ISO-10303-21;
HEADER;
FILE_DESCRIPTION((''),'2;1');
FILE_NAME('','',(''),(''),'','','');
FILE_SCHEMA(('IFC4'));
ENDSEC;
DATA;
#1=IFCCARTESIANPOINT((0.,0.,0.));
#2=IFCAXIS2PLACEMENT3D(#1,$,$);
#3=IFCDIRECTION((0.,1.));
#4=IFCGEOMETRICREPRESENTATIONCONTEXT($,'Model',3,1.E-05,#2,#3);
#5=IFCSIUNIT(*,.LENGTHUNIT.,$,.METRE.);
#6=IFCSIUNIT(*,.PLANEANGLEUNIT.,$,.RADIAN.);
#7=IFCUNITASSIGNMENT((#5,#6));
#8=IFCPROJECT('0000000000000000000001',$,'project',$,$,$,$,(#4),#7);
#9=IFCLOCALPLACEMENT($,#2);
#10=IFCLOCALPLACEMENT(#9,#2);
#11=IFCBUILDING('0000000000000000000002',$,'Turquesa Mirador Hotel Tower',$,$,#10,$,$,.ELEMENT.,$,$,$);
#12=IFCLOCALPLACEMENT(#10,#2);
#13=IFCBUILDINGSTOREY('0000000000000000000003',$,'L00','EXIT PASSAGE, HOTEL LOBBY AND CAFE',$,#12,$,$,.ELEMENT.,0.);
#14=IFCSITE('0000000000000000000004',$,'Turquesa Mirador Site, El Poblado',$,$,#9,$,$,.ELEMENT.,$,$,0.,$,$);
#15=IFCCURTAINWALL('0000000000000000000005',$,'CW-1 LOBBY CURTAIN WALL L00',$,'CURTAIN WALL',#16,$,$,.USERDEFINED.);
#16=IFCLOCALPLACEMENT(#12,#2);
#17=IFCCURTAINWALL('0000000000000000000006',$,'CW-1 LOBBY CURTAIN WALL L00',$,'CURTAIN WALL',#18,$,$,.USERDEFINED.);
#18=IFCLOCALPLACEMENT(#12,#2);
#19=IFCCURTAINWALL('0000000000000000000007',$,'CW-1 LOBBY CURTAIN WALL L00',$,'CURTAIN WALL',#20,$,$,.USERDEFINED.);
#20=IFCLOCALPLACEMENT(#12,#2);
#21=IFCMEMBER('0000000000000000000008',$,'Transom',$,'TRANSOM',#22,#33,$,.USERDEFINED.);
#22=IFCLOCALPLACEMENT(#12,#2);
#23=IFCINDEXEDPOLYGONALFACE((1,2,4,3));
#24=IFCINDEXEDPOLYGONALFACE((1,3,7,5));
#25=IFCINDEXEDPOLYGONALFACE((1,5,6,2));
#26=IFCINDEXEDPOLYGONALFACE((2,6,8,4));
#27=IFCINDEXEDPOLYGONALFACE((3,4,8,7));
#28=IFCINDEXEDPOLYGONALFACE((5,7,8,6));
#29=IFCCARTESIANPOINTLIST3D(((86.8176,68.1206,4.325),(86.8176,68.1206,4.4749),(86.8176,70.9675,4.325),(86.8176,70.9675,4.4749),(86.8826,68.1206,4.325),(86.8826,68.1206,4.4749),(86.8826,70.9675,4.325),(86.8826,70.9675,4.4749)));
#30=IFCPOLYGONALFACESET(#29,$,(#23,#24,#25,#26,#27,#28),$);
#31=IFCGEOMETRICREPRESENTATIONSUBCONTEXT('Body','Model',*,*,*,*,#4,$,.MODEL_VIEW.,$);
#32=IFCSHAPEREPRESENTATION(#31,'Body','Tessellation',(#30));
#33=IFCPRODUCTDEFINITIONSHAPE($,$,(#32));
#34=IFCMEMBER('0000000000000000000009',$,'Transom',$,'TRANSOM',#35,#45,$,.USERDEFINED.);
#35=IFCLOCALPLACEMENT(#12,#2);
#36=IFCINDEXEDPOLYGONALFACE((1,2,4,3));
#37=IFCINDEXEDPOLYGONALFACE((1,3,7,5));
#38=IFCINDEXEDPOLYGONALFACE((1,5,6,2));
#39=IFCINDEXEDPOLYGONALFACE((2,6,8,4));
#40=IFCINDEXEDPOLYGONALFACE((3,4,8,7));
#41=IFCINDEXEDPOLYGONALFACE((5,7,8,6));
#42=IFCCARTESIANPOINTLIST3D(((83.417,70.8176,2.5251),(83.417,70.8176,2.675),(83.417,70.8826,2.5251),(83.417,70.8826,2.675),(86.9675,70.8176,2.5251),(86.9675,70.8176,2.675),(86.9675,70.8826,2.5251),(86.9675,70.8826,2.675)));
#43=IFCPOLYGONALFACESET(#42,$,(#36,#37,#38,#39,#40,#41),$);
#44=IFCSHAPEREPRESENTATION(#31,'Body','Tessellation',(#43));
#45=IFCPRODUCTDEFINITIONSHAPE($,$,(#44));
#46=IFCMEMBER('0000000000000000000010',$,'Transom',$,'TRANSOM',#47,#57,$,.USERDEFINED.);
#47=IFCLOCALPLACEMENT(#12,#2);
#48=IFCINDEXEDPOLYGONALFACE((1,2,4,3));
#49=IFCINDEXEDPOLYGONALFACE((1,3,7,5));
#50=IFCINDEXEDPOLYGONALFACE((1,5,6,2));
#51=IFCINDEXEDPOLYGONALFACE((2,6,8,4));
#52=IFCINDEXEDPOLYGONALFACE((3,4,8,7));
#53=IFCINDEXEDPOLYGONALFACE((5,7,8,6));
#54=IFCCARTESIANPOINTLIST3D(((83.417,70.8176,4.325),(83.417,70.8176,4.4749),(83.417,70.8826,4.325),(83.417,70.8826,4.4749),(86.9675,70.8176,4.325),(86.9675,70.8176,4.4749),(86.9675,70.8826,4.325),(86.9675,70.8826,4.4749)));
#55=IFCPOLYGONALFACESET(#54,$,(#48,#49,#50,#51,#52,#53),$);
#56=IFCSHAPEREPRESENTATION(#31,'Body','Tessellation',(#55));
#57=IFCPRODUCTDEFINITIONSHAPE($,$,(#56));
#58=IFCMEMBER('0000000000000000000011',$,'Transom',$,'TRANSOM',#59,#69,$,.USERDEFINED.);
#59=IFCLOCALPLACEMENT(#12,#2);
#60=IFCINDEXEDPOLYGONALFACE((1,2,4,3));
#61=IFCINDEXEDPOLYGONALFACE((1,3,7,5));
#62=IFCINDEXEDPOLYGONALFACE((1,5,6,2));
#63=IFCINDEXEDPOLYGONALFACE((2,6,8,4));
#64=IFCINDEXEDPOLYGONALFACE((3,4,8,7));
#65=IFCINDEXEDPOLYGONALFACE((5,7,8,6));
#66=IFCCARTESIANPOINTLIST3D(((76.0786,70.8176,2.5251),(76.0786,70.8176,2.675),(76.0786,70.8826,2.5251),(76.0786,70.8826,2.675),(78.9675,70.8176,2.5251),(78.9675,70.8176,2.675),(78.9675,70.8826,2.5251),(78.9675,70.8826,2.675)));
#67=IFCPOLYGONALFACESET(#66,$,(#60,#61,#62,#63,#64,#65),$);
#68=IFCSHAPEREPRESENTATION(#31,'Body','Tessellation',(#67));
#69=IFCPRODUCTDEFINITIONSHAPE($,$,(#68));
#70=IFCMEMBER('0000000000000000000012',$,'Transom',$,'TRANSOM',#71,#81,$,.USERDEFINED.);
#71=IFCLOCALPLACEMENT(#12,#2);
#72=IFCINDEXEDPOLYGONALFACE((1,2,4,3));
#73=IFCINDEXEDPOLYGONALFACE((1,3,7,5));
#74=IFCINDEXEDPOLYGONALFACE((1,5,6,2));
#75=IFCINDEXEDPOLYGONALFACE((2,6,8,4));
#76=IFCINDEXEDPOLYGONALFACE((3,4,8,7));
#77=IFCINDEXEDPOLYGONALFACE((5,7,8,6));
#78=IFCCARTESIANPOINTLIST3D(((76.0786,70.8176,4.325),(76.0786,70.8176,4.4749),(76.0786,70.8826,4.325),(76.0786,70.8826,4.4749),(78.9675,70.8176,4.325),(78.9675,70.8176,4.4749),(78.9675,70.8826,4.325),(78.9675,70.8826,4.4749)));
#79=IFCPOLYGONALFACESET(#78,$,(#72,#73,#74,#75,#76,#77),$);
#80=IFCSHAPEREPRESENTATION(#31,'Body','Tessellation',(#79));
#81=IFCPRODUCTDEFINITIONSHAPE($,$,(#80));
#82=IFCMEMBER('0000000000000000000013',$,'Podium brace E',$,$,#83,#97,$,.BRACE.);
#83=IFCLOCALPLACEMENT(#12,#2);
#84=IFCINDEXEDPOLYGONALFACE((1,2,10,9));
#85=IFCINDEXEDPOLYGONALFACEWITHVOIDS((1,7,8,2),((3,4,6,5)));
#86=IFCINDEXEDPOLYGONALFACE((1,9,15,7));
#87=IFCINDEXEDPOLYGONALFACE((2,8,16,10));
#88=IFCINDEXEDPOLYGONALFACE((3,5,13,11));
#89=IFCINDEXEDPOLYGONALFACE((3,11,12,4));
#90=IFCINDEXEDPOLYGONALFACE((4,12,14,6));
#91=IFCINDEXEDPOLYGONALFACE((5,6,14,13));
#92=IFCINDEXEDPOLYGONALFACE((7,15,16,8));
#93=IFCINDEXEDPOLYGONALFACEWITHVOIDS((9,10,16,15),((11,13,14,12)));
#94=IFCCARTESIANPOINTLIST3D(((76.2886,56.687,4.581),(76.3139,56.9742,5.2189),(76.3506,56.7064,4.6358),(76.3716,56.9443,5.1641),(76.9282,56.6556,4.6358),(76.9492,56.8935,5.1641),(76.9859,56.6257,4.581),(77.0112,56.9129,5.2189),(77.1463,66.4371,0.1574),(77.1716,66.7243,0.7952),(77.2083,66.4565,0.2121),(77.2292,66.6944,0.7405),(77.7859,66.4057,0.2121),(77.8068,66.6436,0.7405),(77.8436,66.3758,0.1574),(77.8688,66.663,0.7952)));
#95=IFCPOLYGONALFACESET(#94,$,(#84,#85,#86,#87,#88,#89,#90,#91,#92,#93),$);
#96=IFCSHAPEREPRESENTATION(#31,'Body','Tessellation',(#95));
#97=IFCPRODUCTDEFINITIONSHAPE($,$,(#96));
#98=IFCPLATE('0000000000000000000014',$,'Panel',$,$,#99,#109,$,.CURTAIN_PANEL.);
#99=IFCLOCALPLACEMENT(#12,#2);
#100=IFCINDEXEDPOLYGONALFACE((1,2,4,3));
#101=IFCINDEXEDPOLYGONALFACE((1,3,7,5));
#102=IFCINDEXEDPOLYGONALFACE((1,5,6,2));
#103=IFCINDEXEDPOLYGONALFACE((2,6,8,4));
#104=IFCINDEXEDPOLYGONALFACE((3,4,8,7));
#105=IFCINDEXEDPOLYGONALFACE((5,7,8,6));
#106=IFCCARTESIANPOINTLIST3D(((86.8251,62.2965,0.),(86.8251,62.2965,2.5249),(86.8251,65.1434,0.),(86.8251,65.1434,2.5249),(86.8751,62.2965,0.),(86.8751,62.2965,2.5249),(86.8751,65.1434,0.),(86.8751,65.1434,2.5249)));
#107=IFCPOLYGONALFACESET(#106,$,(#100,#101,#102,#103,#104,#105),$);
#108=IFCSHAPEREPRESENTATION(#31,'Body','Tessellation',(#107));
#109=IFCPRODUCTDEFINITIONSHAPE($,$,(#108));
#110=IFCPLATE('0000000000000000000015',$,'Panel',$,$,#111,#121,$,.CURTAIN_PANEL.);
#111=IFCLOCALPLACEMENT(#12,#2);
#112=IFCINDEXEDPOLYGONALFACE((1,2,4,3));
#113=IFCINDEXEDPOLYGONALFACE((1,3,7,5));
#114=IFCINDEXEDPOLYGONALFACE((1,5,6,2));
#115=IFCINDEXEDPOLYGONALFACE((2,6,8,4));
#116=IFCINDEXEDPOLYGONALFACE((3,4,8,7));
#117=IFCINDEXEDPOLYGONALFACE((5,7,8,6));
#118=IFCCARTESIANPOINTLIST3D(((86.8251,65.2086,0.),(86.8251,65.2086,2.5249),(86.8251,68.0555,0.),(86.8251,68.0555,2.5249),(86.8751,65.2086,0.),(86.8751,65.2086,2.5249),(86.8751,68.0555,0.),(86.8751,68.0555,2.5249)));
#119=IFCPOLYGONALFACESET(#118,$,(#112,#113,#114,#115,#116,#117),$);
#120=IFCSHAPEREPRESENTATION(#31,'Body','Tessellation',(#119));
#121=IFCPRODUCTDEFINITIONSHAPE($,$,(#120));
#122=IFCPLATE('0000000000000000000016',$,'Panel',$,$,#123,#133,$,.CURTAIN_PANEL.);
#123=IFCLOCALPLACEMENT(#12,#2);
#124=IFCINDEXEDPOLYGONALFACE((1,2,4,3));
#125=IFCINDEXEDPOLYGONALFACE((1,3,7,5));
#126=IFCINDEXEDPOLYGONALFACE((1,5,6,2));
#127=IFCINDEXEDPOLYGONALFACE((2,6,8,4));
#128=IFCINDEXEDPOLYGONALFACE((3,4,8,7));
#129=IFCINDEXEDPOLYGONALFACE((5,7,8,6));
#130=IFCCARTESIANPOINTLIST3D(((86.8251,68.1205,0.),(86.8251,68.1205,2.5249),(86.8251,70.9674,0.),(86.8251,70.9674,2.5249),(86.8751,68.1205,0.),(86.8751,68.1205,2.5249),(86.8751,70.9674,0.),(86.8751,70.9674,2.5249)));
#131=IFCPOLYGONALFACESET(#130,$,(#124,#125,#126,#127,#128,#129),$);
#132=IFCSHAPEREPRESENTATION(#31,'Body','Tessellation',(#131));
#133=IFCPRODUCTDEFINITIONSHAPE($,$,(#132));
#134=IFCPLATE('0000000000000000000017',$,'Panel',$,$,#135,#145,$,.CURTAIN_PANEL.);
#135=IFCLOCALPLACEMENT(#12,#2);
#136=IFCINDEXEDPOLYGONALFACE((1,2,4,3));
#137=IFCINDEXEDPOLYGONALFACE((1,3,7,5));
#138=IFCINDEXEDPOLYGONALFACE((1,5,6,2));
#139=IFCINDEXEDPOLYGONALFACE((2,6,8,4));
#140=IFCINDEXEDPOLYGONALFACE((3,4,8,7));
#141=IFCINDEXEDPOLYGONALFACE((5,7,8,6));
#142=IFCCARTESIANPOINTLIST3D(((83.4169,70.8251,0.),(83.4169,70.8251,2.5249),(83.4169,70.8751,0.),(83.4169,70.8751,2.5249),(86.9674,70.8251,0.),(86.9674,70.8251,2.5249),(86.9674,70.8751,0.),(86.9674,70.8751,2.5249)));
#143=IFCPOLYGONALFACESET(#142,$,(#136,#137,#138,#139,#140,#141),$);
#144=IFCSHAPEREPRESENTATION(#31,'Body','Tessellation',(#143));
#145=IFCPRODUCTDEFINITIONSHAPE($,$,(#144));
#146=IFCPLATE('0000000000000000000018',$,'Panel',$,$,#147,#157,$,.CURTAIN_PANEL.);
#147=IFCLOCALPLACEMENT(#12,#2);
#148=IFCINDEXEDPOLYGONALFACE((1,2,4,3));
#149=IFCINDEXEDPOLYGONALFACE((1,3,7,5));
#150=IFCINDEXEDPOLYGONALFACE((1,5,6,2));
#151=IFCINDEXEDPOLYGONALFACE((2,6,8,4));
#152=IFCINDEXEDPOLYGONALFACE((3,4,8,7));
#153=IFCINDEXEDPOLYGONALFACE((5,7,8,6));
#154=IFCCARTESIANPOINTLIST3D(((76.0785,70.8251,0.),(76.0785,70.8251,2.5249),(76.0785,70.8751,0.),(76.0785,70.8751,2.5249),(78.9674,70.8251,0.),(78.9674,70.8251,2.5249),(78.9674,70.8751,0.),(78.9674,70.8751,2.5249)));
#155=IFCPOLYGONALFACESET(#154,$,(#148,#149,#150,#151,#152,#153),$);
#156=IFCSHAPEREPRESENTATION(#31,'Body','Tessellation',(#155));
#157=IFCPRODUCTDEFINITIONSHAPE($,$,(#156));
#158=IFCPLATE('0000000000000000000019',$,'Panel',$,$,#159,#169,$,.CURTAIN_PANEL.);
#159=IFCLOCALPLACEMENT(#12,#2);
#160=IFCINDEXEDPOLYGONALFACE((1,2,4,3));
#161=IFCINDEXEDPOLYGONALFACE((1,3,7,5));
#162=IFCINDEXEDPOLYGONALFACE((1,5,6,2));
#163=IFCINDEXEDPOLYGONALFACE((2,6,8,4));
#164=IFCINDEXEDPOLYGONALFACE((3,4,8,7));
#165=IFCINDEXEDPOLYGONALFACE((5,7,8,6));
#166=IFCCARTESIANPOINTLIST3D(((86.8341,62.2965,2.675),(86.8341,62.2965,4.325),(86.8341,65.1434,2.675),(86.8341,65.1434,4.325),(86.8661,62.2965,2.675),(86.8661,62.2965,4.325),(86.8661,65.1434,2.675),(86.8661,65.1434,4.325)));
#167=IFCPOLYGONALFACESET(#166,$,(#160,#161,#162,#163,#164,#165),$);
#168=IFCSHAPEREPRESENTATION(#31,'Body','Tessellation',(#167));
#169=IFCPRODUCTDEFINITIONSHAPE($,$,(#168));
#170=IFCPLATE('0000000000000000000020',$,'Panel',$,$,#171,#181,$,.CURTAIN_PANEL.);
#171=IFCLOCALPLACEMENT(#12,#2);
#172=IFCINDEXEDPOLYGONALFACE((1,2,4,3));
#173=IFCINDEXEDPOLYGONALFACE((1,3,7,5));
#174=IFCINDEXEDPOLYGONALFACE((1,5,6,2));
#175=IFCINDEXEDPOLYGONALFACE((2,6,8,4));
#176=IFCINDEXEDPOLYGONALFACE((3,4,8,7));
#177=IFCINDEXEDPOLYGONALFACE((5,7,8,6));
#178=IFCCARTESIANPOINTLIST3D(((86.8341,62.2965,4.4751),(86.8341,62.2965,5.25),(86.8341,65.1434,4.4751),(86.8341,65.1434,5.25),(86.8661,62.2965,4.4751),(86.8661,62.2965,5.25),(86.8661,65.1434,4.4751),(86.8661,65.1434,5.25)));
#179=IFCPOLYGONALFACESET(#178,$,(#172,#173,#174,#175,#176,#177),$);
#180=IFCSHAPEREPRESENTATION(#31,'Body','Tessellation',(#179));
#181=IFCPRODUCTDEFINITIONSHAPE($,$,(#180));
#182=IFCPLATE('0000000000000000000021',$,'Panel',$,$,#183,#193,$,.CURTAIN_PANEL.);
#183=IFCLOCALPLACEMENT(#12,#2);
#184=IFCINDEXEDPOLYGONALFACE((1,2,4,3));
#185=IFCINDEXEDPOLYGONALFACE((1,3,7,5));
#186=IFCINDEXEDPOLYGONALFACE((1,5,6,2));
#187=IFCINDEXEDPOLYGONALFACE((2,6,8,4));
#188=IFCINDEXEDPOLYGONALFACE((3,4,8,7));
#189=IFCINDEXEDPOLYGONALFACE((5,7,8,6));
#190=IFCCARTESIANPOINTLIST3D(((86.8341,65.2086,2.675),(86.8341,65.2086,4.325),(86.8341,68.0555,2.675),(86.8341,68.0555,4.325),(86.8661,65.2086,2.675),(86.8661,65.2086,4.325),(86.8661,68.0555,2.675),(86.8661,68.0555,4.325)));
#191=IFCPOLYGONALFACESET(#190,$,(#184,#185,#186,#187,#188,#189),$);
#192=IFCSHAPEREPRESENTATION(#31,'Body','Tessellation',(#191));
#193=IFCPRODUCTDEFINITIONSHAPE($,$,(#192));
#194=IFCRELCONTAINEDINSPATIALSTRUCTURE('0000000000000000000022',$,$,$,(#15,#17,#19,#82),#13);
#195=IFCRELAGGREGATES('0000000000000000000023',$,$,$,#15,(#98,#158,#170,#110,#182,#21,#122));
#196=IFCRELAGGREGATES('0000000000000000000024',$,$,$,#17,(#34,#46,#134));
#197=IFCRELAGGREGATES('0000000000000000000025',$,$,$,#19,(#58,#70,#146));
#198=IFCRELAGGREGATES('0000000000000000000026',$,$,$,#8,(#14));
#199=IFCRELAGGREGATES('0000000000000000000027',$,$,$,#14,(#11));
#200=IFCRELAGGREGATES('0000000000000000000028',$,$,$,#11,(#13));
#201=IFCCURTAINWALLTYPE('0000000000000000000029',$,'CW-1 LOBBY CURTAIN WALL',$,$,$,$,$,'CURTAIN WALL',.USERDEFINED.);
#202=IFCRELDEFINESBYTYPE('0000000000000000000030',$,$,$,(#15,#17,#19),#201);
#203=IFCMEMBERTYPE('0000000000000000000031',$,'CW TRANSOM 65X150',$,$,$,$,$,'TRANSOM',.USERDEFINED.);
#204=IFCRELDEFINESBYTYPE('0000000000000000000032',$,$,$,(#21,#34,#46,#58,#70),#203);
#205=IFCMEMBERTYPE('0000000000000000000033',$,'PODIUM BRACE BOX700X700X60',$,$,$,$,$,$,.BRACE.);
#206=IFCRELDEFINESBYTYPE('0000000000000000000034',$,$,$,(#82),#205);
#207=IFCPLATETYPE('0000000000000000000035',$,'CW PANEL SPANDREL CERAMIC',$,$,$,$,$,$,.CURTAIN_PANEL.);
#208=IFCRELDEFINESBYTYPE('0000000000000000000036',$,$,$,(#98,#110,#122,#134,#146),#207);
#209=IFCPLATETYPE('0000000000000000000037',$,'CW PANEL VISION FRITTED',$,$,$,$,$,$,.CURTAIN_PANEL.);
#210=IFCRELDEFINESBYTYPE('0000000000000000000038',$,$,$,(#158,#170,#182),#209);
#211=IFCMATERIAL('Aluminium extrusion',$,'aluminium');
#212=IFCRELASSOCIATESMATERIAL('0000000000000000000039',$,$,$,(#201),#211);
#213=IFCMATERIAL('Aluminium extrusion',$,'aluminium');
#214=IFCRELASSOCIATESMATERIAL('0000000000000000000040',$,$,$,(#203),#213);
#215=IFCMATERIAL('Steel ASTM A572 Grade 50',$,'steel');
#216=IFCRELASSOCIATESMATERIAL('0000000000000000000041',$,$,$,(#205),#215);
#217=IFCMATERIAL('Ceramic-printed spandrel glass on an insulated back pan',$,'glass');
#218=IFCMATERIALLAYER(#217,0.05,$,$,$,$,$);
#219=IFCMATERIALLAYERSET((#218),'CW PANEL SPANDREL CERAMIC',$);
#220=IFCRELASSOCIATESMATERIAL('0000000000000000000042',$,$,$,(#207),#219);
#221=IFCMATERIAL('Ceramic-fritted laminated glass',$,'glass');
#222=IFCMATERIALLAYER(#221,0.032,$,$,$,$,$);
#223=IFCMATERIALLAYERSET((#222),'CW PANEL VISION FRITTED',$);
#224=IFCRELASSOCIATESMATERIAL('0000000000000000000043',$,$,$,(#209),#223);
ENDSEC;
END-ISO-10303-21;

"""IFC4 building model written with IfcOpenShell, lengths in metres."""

from ifc_helpers import new_model, si_unit, direction, frame, origin, origin_2d, place, context, subcontext, project, spatial, rectangle, hollow_rectangle, extrude, material, layer, layer_set, material_profile, profile_set, type_object, element, aggregate, save


model = new_model("IFC4")

# Units and contexts
model_context = context("Model", 3, precision=1e-05, world=origin(), true_north=direction((0.0, 1.0)))
body_context = subcontext(model_context, "Body", "Model", "MODEL_VIEW")
ifc_project = project(units=[si_unit("LENGTHUNIT", "METRE"), si_unit("PLANEANGLEUNIT", "RADIAN")], contexts=[model_context])

# Site, building, storey
site_placement = place(None, origin())
site = spatial("IfcSite", under=ifc_project, at=site_placement, Name="Turquesa Mirador Site, El Poblado", CompositionType="ELEMENT", RefElevation=0.0)
building_placement = place(site_placement, origin())
building = spatial("IfcBuilding", under=site, at=building_placement, Name="Turquesa Mirador Hotel Tower", CompositionType="ELEMENT")
storey_placement = place(building_placement, origin())
storey = spatial("IfcBuildingStorey", under=building, at=storey_placement, Name="L00", Description="EXIT PASSAGE, HOTEL LOBBY AND CAFE", CompositionType="ELEMENT", Elevation=0.0)

# Curtain walls
ifc_material_1 = material(Name="Aluminium extrusion", Category="aluminium")
curtain_wall_type = type_object("IfcCurtainWallType", Name="CW-1 LOBBY CURTAIN WALL", ElementType="CURTAIN WALL", PredefinedType="USERDEFINED", material=ifc_material_1)
curtain_wall_1_placement = place(storey_placement, origin())
curtain_wall_1 = element("IfcCurtainWall", 1, at=curtain_wall_1_placement, inside=storey, type_object=curtain_wall_type, Name="CW-1 LOBBY CURTAIN WALL L00", ObjectType="CURTAIN WALL", PredefinedType="USERDEFINED")
curtain_wall_2_placement = place(storey_placement, origin())
curtain_wall_2 = element("IfcCurtainWall", 2, at=curtain_wall_2_placement, inside=storey, type_object=curtain_wall_type, Name="CW-1 LOBBY CURTAIN WALL L00", ObjectType="CURTAIN WALL", PredefinedType="USERDEFINED")

# Curtain wall
curtain_wall_3_placement = place(storey_placement, origin())
curtain_wall_3 = element("IfcCurtainWall", 3, at=curtain_wall_3_placement, inside=storey, type_object=curtain_wall_type, Name="CW-1 LOBBY CURTAIN WALL L00", ObjectType="CURTAIN WALL", PredefinedType="USERDEFINED")

# Members
ifc_material_2 = material(Name="Aluminium extrusion", Category="aluminium")
ifc_material_profile_1 = material_profile(ifc_material_2, rectangle(XDim=0.0649, YDim=0.1499, at=origin_2d()), Name="TRANSOM 65X150")
ifc_profile_set_1 = profile_set([ifc_material_profile_1], Name="Aluminium extrusion")
member_type_1 = type_object("IfcMemberType", Name="CW TRANSOM 65X150", ElementType="TRANSOM", PredefinedType="USERDEFINED", material=ifc_profile_set_1)
member_1_placement = place(storey_placement, frame((86.8501, 68.1206, 4.3999), z_axis=(0.0, 1.0, 0.0), x_axis=(-1.0, 0.0, 0.0)))
member_1 = element("IfcMember", 4, at=member_1_placement, type_object=member_type_1, Name="Transom", ObjectType="TRANSOM", PredefinedType="USERDEFINED", context=body_context, shape_type="SweptSolid", body=[
    extrude(rectangle(XDim=0.0649, YDim=0.1499, at=origin_2d()), origin(), (0.0, 0.0, 1.0), 2.8469),
])
member_2_placement = place(storey_placement, frame((86.9675, 70.8501, 2.6001), z_axis=(-1.0, 0.0, 0.0), x_axis=(0.0, -1.0, 0.0)))
member_2 = element("IfcMember", 5, at=member_2_placement, type_object=member_type_1, Name="Transom", ObjectType="TRANSOM", PredefinedType="USERDEFINED", context=body_context, shape_type="SweptSolid", body=[
    extrude(rectangle(XDim=0.0649, YDim=0.1499, at=origin_2d()), origin(), (0.0, 0.0, 1.0), 3.5505),
])
member_3_placement = place(storey_placement, frame((86.9675, 70.8501, 4.3999), z_axis=(-1.0, 0.0, 0.0), x_axis=(0.0, -1.0, 0.0)))
member_3 = element("IfcMember", 6, at=member_3_placement, type_object=member_type_1, Name="Transom", ObjectType="TRANSOM", PredefinedType="USERDEFINED", context=body_context, shape_type="SweptSolid", body=[
    extrude(rectangle(XDim=0.0649, YDim=0.1499, at=origin_2d()), origin(), (0.0, 0.0, 1.0), 3.5505),
])
member_4_placement = place(storey_placement, frame((78.9675, 70.8501, 2.6001), z_axis=(-1.0, 0.0, 0.0), x_axis=(0.0, -1.0, 0.0)))
member_4 = element("IfcMember", 7, at=member_4_placement, type_object=member_type_1, Name="Transom", ObjectType="TRANSOM", PredefinedType="USERDEFINED", context=body_context, shape_type="SweptSolid", body=[
    extrude(rectangle(XDim=0.0649, YDim=0.1499, at=origin_2d()), origin(), (0.0, 0.0, 1.0), 2.8889),
])
member_5_placement = place(storey_placement, frame((78.9675, 70.8501, 4.3999), z_axis=(-1.0, 0.0, 0.0), x_axis=(0.0, -1.0, 0.0)))
member_5 = element("IfcMember", 8, at=member_5_placement, type_object=member_type_1, Name="Transom", ObjectType="TRANSOM", PredefinedType="USERDEFINED", context=body_context, shape_type="SweptSolid", body=[
    extrude(rectangle(XDim=0.0649, YDim=0.1499, at=origin_2d()), origin(), (0.0, 0.0, 1.0), 2.8889),
])
ifc_material_3 = material(Name="Steel ASTM A572 Grade 50", Category="steel")
ifc_material_profile_2 = material_profile(ifc_material_3, hollow_rectangle(XDim=0.7, YDim=0.7, WallThickness=0.0601, at=origin_2d()), Name="BOX700X700X60")
ifc_profile_set_2 = profile_set([ifc_material_profile_2], Name="Steel ASTM A572 Grade 50")
member_type_2 = type_object("IfcMemberType", Name="PODIUM BRACE BOX700X700X60", PredefinedType="BRACE", material=ifc_profile_set_2)
member_6_placement = place(storey_placement, frame((77.5076, 66.55, 0.4763), z_axis=(-0.079851, -0.907748, 0.411846), x_axis=(0.996153, -0.087627, 0.0)))
element("IfcMember", 9, at=member_6_placement, inside=storey, type_object=member_type_2, Name="Podium brace E", PredefinedType="BRACE", context=body_context, shape_type="SweptSolid", body=[
    extrude(hollow_rectangle(XDim=0.7, YDim=0.7, WallThickness=0.0601, at=origin_2d()), origin(), (0.0, 0.0, 1.0), 10.741),
])

# Plates
ifc_material_4 = material(Name="Ceramic-printed spandrel glass on an insulated back pan", Category="glass")
ifc_layer_1 = layer(ifc_material_4, 0.05)
ifc_layer_set_1 = layer_set([ifc_layer_1], Name="CW PANEL SPANDREL CERAMIC")
plate_type_1 = type_object("IfcPlateType", Name="CW PANEL SPANDREL CERAMIC", PredefinedType="CURTAIN_PANEL", material=ifc_layer_set_1)
plate_1_placement = place(storey_placement, frame((86.8501, 63.72, 0.0), z_axis=(0.0, 0.0, 1.0), x_axis=(0.0, 1.0, 0.0)))
plate_1 = element("IfcPlate", 10, at=plate_1_placement, type_object=plate_type_1, Name="Panel", PredefinedType="CURTAIN_PANEL", context=body_context, shape_type="SweptSolid", body=[
    extrude(rectangle(XDim=2.8469, YDim=0.05, at=origin_2d()), origin(), (0.0, 0.0, 1.0), 2.5249),
])
plate_2_placement = place(storey_placement, frame((86.8501, 66.6321, 0.0), z_axis=(0.0, 0.0, 1.0), x_axis=(0.0, 1.0, 0.0)))
plate_2 = element("IfcPlate", 11, at=plate_2_placement, type_object=plate_type_1, Name="Panel", PredefinedType="CURTAIN_PANEL", context=body_context, shape_type="SweptSolid", body=[
    extrude(rectangle(XDim=2.8469, YDim=0.05, at=origin_2d()), origin(), (0.0, 0.0, 1.0), 2.5249),
])
plate_3_placement = place(storey_placement, frame((86.8501, 69.5439, 0.0), z_axis=(0.0, 0.0, 1.0), x_axis=(0.0, 1.0, 0.0)))
plate_3 = element("IfcPlate", 12, at=plate_3_placement, type_object=plate_type_1, Name="Panel", PredefinedType="CURTAIN_PANEL", context=body_context, shape_type="SweptSolid", body=[
    extrude(rectangle(XDim=2.8469, YDim=0.05, at=origin_2d()), origin(), (0.0, 0.0, 1.0), 2.5249),
])
plate_4_placement = place(storey_placement, frame((85.1921, 70.8501, 0.0), z_axis=(0.0, 0.0, 1.0), x_axis=(-1.0, 0.0, 0.0)))
plate_4 = element("IfcPlate", 13, at=plate_4_placement, type_object=plate_type_1, Name="Panel", PredefinedType="CURTAIN_PANEL", context=body_context, shape_type="SweptSolid", body=[
    extrude(rectangle(XDim=3.5505, YDim=0.05, at=origin_2d()), origin(), (0.0, 0.0, 1.0), 2.5249),
])
plate_5_placement = place(storey_placement, frame((77.5229, 70.8501, 0.0), z_axis=(0.0, 0.0, 1.0), x_axis=(-1.0, 0.0, 0.0)))
plate_5 = element("IfcPlate", 14, at=plate_5_placement, type_object=plate_type_1, Name="Panel", PredefinedType="CURTAIN_PANEL", context=body_context, shape_type="SweptSolid", body=[
    extrude(rectangle(XDim=2.8889, YDim=0.05, at=origin_2d()), origin(), (0.0, 0.0, 1.0), 2.5249),
])
ifc_material_5 = material(Name="Ceramic-fritted laminated glass", Category="glass")
ifc_layer_2 = layer(ifc_material_5, 0.032)
ifc_layer_set_2 = layer_set([ifc_layer_2], Name="CW PANEL VISION FRITTED")
plate_type_2 = type_object("IfcPlateType", Name="CW PANEL VISION FRITTED", PredefinedType="CURTAIN_PANEL", material=ifc_layer_set_2)
plate_6_placement = place(storey_placement, frame((86.8501, 63.72, 2.675), z_axis=(0.0, 0.0, 1.0), x_axis=(0.0, 1.0, 0.0)))
plate_6 = element("IfcPlate", 15, at=plate_6_placement, type_object=plate_type_2, Name="Panel", PredefinedType="CURTAIN_PANEL", context=body_context, shape_type="SweptSolid", body=[
    extrude(rectangle(XDim=2.8469, YDim=0.032, at=origin_2d()), origin(), (0.0, 0.0, 1.0), 1.6499),
])
plate_7_placement = place(storey_placement, frame((86.8501, 63.72, 4.4751), z_axis=(0.0, 0.0, 1.0), x_axis=(0.0, 1.0, 0.0)))
plate_7 = element("IfcPlate", 16, at=plate_7_placement, type_object=plate_type_2, Name="Panel", PredefinedType="CURTAIN_PANEL", context=body_context, shape_type="SweptSolid", body=[
    extrude(rectangle(XDim=2.8469, YDim=0.032, at=origin_2d()), origin(), (0.0, 0.0, 1.0), 0.7749),
])
plate_8_placement = place(storey_placement, frame((86.8501, 66.6321, 2.675), z_axis=(0.0, 0.0, 1.0), x_axis=(0.0, 1.0, 0.0)))
plate_8 = element("IfcPlate", 17, at=plate_8_placement, type_object=plate_type_2, Name="Panel", PredefinedType="CURTAIN_PANEL", context=body_context, shape_type="SweptSolid", body=[
    extrude(rectangle(XDim=2.8469, YDim=0.032, at=origin_2d()), origin(), (0.0, 0.0, 1.0), 1.6499),
])
aggregate(curtain_wall_1, [plate_1, plate_6, plate_7, plate_2, plate_8, member_1, plate_3])
aggregate(curtain_wall_2, [member_2, member_3, plate_4])
aggregate(curtain_wall_3, [member_4, member_5, plate_5])

save(model, "model.ifc")
